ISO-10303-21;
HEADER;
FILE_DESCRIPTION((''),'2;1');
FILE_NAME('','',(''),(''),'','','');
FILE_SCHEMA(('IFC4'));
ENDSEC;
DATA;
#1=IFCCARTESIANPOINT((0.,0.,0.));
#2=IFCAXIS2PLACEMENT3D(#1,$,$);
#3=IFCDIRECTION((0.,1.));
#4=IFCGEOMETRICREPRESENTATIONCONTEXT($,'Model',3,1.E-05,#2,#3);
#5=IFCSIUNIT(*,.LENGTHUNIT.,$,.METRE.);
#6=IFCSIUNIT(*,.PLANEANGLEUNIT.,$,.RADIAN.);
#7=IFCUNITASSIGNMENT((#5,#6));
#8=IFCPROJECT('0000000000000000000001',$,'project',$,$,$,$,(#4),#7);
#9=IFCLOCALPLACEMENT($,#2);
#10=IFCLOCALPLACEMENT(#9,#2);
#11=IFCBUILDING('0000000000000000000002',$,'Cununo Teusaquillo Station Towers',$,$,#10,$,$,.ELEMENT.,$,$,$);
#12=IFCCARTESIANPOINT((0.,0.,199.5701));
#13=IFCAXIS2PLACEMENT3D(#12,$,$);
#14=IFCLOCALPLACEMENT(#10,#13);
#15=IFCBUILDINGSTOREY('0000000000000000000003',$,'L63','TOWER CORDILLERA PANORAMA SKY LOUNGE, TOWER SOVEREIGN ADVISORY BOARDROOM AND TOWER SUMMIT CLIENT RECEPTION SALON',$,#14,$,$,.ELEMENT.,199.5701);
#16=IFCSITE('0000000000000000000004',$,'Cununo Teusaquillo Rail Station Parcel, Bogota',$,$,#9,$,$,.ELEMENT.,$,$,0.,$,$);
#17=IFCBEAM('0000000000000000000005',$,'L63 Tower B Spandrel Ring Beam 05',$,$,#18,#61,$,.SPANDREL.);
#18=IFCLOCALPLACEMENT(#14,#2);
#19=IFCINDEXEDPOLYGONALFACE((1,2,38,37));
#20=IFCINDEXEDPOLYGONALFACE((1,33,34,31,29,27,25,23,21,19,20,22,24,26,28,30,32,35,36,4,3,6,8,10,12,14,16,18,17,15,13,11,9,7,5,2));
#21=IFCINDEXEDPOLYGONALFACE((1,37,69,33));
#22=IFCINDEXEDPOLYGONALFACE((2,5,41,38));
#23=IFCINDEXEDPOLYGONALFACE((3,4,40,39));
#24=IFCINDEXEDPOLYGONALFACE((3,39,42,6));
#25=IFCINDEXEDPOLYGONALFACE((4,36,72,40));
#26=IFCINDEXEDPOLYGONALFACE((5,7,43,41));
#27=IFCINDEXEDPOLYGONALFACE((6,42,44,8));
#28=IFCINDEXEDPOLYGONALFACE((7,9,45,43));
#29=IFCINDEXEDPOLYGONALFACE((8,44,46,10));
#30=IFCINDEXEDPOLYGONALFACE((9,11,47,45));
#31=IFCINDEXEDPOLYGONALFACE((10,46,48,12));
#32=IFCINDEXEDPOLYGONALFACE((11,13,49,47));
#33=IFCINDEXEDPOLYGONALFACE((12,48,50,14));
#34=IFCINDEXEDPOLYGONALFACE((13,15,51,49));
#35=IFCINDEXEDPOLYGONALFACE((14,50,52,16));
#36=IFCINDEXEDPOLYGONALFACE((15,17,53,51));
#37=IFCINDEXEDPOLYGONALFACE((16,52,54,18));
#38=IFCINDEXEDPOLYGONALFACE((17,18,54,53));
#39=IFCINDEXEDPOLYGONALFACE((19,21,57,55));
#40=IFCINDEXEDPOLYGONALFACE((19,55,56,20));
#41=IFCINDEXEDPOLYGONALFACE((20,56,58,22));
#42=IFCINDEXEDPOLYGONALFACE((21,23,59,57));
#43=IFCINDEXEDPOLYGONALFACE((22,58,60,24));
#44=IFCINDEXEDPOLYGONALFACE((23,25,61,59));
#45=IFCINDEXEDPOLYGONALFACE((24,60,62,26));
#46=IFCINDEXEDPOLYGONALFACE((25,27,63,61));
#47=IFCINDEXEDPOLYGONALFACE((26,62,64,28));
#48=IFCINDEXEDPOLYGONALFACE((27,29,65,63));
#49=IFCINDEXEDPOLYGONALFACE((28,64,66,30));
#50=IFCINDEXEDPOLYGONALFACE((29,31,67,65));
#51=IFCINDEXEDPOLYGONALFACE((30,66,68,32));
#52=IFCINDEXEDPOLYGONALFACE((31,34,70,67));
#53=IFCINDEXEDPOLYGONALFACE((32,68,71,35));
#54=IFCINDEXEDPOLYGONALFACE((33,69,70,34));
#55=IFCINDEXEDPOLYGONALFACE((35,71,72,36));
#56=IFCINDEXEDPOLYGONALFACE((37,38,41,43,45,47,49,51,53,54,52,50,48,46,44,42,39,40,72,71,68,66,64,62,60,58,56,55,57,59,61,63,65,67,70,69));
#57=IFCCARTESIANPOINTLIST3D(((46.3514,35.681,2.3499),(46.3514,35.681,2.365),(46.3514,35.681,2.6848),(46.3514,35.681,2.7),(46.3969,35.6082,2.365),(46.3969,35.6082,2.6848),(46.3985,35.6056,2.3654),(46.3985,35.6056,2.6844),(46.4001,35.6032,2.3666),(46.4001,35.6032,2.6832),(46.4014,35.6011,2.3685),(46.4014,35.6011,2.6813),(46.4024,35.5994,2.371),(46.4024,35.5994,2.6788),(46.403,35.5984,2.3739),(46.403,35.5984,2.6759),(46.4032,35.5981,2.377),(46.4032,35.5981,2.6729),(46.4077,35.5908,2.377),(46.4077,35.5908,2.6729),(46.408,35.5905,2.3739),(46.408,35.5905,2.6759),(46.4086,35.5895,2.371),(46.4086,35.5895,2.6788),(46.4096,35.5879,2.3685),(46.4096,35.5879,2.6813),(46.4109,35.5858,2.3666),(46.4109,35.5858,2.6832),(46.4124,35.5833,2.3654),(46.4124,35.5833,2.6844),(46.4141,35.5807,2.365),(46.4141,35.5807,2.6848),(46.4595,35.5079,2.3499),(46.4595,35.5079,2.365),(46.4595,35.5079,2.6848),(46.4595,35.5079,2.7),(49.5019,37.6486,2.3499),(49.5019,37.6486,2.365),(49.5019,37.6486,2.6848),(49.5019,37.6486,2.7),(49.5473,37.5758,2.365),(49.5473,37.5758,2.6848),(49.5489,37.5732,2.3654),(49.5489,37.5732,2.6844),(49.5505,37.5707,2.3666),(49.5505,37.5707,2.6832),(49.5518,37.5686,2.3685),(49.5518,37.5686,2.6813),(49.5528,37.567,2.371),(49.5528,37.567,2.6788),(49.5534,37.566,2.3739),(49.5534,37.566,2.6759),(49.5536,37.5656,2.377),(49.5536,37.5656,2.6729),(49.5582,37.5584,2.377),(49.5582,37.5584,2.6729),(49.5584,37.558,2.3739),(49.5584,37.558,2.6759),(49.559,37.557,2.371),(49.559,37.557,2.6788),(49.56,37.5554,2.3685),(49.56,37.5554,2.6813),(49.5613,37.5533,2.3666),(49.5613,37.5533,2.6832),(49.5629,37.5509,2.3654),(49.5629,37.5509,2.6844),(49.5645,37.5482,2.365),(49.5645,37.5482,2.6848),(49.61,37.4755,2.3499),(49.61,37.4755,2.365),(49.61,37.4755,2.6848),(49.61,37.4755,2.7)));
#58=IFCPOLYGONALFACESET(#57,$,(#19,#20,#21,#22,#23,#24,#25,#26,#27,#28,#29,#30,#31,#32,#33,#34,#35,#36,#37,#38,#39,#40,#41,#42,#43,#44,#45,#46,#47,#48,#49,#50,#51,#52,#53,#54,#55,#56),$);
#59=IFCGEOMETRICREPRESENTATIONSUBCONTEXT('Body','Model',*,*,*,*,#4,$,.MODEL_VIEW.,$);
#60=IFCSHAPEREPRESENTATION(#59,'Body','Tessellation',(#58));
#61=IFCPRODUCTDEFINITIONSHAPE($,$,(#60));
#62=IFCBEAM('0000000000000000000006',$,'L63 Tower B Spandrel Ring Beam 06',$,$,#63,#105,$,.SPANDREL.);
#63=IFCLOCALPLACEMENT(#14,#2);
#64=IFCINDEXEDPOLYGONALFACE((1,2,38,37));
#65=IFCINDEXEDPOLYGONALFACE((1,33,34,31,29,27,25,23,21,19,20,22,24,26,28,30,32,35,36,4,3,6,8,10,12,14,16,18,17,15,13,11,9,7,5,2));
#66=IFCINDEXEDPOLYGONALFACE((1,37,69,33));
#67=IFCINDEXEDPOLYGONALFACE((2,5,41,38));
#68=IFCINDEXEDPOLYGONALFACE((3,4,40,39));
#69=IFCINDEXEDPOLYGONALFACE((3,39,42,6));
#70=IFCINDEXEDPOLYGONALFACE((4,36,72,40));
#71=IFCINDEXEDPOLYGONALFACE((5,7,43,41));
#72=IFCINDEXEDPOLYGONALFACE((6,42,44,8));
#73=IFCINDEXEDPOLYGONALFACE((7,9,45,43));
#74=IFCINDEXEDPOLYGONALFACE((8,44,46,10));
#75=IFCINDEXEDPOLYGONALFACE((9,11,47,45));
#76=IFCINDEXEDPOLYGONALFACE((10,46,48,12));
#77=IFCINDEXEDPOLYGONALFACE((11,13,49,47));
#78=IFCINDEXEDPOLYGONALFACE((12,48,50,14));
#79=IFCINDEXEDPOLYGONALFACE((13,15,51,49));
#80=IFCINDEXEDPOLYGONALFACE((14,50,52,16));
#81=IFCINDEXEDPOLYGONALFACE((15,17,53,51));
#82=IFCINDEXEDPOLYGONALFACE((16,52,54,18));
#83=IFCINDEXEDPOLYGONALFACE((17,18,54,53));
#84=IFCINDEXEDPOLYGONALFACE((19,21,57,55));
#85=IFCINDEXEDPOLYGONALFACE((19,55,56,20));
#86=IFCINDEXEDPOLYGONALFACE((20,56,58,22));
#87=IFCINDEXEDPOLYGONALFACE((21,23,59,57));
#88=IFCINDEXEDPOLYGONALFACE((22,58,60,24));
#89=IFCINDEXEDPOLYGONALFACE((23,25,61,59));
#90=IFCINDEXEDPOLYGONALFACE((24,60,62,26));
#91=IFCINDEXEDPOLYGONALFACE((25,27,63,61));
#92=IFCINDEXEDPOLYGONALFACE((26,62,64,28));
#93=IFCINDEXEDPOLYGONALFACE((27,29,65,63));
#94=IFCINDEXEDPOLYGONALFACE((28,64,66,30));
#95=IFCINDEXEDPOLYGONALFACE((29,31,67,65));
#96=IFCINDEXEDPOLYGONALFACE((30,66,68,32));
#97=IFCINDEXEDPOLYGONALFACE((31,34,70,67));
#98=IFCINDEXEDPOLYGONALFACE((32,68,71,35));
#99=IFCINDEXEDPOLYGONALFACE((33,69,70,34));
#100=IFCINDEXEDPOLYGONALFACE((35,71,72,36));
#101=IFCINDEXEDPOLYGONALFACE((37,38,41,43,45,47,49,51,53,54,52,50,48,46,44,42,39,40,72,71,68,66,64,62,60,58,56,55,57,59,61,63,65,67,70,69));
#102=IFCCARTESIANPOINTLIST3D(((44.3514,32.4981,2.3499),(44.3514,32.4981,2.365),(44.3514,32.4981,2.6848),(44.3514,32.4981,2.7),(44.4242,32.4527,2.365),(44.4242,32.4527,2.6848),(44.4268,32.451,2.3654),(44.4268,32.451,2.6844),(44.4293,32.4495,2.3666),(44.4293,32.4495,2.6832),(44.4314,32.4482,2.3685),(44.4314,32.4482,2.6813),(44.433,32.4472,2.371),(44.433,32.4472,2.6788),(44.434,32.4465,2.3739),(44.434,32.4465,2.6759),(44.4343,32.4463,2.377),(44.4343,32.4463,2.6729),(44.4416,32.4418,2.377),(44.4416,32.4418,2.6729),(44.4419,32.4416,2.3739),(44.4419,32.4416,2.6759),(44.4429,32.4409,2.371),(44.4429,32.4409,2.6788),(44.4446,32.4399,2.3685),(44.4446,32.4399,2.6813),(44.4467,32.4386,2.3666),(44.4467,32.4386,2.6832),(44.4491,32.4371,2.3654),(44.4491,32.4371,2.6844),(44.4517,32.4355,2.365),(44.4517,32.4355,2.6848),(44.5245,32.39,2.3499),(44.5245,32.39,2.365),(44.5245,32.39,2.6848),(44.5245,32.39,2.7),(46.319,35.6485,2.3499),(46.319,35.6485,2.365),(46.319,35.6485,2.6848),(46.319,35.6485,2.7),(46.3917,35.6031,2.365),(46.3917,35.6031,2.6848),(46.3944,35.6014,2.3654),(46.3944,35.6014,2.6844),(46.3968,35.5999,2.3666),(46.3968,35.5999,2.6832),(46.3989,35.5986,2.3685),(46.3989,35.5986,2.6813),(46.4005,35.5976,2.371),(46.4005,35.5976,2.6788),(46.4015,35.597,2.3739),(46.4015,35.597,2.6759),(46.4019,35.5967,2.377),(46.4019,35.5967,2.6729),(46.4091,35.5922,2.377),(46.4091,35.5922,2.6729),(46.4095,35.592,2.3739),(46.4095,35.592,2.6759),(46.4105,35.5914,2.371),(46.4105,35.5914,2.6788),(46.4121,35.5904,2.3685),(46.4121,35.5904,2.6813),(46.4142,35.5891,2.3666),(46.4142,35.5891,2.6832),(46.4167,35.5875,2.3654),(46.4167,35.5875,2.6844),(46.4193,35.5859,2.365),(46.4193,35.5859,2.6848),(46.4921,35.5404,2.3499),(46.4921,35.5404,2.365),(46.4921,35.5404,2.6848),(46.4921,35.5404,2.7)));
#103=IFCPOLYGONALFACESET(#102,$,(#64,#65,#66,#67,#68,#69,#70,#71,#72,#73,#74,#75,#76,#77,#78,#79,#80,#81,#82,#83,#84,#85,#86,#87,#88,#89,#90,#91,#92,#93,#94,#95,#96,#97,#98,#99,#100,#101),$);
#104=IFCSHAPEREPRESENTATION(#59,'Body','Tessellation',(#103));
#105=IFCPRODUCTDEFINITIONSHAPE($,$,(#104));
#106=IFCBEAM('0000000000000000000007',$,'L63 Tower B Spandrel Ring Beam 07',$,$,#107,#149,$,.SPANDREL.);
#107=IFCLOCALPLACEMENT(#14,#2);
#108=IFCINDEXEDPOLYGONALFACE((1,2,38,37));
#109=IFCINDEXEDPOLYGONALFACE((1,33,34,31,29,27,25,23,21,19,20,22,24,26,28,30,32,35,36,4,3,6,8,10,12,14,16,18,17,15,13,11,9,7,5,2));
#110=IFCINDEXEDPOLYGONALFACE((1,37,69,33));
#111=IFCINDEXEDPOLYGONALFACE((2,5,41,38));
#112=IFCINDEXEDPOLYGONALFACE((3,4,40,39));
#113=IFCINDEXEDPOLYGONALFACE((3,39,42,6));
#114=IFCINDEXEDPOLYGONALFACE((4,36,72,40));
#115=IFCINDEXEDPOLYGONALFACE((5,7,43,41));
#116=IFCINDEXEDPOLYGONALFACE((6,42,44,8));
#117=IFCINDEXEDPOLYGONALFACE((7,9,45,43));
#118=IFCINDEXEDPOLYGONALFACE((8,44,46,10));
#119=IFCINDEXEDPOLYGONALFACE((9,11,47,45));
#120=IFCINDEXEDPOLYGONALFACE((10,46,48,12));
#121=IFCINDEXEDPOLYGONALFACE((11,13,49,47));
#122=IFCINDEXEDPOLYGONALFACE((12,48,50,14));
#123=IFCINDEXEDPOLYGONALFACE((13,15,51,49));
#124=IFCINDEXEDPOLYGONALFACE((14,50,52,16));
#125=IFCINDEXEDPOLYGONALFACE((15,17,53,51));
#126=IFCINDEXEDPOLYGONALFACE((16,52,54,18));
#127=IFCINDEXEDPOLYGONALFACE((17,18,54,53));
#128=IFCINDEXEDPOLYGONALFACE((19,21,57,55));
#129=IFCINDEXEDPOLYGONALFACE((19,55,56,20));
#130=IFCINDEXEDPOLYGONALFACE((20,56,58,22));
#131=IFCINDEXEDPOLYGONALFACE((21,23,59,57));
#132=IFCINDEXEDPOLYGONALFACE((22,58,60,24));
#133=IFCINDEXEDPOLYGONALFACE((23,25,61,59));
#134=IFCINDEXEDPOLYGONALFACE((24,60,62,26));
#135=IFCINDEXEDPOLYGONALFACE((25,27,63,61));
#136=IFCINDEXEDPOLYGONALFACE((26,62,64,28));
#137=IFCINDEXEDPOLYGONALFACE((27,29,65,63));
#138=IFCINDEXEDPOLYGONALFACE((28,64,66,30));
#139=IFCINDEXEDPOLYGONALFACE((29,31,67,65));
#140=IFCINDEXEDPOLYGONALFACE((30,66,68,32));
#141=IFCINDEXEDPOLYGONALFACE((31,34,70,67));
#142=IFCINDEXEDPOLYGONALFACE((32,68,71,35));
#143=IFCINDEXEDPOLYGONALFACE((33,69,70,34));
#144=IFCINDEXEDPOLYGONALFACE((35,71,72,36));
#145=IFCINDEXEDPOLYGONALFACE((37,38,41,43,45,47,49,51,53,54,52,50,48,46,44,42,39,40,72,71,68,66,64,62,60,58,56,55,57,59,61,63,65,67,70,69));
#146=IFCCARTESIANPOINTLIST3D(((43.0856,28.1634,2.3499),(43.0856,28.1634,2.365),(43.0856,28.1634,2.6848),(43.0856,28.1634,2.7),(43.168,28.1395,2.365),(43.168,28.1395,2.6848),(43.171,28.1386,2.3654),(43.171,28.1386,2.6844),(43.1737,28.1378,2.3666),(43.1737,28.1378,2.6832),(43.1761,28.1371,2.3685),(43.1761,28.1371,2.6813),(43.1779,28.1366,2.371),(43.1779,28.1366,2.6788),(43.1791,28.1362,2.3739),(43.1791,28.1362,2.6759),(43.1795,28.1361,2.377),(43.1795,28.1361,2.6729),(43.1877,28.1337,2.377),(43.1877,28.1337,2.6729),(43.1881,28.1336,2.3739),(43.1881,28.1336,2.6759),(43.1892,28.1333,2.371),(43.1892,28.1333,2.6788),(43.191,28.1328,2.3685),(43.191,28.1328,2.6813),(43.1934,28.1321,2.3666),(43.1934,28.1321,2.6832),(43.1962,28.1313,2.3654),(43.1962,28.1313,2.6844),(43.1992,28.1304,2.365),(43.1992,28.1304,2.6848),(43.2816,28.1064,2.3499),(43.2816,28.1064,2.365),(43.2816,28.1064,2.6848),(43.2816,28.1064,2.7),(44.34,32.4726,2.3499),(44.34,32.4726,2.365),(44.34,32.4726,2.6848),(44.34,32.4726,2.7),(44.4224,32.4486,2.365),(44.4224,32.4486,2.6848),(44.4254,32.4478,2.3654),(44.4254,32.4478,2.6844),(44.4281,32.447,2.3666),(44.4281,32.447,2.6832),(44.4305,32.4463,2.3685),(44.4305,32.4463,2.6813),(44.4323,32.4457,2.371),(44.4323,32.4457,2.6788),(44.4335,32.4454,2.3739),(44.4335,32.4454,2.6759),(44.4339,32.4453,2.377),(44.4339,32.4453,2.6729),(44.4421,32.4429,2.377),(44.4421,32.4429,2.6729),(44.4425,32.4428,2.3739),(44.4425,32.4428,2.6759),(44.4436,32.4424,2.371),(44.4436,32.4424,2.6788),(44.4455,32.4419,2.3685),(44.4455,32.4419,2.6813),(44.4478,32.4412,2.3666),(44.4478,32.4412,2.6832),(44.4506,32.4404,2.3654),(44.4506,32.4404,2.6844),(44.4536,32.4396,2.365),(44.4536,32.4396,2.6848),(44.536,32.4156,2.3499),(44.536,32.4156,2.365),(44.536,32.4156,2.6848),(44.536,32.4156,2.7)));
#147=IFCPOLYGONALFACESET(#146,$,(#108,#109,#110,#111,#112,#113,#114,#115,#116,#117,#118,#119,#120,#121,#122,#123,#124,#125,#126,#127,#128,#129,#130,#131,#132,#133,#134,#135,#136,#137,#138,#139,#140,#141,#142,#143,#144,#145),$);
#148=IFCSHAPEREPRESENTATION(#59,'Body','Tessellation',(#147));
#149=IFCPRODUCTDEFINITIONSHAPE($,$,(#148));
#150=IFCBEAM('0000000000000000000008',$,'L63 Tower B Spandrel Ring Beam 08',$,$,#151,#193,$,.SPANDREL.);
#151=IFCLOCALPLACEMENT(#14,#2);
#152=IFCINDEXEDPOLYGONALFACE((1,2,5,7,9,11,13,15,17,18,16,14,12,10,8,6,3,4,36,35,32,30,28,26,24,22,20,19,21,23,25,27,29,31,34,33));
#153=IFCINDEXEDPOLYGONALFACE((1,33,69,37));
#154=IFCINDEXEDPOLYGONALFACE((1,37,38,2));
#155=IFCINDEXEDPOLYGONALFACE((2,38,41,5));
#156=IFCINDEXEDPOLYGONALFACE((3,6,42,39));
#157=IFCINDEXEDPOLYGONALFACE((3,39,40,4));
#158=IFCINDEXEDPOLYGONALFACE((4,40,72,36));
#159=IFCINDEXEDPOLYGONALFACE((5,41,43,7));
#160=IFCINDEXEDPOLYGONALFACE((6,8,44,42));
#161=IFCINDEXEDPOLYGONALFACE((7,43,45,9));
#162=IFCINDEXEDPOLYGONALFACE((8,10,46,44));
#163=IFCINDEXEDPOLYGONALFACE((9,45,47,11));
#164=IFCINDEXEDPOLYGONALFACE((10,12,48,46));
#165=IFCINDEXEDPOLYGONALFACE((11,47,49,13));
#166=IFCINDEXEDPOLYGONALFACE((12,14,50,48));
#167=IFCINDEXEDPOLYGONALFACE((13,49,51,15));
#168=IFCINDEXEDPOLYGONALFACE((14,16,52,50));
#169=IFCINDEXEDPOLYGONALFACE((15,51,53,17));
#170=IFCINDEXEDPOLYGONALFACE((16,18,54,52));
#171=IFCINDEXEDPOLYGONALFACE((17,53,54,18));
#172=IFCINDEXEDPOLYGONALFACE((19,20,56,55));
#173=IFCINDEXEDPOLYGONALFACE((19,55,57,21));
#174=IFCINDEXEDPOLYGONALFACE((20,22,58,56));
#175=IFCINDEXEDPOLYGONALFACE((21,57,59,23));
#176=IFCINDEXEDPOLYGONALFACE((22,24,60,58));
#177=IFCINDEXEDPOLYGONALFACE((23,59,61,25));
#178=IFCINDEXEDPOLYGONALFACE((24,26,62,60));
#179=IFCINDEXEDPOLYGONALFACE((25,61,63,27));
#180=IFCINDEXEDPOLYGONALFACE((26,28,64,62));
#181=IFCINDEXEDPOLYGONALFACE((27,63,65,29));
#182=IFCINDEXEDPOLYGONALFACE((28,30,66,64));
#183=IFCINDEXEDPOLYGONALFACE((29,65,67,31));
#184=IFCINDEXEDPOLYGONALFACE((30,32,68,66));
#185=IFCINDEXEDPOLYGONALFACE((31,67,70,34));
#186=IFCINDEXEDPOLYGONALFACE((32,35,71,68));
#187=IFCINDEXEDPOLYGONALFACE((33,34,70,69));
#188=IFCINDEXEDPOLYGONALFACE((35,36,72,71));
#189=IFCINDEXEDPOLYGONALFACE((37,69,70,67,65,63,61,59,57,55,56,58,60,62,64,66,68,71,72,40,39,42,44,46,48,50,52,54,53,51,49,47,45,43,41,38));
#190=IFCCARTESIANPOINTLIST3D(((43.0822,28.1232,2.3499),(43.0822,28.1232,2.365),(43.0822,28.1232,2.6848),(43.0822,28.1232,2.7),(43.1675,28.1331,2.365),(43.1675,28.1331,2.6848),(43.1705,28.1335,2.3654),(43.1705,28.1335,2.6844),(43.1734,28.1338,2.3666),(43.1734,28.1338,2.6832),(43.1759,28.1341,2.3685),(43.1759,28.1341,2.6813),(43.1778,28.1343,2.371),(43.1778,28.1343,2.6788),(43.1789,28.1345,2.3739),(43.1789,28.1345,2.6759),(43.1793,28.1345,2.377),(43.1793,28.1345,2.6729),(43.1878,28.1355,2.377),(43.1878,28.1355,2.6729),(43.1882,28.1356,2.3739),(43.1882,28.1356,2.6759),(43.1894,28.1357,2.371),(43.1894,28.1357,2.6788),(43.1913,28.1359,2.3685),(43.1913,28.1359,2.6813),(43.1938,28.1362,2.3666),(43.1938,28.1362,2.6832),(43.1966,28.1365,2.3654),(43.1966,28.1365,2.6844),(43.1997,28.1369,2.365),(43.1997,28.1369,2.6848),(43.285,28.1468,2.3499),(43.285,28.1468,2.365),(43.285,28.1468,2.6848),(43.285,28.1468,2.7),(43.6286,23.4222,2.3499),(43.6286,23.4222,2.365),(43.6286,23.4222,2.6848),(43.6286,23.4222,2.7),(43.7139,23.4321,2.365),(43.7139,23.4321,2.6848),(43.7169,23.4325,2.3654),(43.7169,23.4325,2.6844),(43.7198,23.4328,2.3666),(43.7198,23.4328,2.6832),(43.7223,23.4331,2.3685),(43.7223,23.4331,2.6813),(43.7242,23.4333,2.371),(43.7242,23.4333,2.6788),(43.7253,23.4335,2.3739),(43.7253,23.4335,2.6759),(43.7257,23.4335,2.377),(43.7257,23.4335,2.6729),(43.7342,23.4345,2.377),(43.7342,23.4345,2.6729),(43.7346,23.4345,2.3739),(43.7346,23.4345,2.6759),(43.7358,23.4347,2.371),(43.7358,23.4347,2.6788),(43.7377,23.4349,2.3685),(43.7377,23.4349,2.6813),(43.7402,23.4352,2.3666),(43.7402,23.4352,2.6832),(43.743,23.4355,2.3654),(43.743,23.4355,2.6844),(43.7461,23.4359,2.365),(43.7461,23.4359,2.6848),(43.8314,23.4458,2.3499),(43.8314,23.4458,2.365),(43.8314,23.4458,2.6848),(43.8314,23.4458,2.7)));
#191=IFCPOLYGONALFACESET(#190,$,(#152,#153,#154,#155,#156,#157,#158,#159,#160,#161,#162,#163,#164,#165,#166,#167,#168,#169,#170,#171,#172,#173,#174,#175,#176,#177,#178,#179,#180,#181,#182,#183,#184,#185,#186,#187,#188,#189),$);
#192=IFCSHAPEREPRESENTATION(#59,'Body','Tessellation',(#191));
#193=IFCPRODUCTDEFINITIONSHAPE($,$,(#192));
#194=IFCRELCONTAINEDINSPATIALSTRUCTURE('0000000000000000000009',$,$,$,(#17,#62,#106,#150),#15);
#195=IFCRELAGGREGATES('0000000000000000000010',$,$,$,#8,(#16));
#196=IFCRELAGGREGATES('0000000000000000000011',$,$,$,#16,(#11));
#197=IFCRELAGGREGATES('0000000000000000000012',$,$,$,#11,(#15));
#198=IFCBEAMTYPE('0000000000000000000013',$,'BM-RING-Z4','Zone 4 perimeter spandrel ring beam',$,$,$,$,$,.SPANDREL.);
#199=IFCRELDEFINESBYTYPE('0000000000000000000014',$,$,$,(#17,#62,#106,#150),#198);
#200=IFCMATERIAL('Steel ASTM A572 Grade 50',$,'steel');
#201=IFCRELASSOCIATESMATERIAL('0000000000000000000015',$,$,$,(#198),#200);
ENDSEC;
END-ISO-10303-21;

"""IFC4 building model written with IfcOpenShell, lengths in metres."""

from ifc_helpers import new_model, si_unit, direction, frame, origin, origin_2d, place, context, subcontext, project, spatial, i_section, extrude, material, material_profile, profile_set, type_object, element, save


model = new_model("IFC4")

# Units and contexts
model_context = context("Model", 3, precision=1e-05, world=origin(), true_north=direction((0.0, 1.0)))
body_context = subcontext(model_context, "Body", "Model", "MODEL_VIEW")
ifc_project = project(units=[si_unit("LENGTHUNIT", "METRE"), si_unit("PLANEANGLEUNIT", "RADIAN")], contexts=[model_context])

# Site, building, storey
site_placement = place(None, origin())
site = spatial("IfcSite", under=ifc_project, at=site_placement, Name="Cununo Teusaquillo Rail Station Parcel, Bogota", CompositionType="ELEMENT", RefElevation=0.0)
building_placement = place(site_placement, origin())
building = spatial("IfcBuilding", under=site, at=building_placement, Name="Cununo Teusaquillo Station Towers", CompositionType="ELEMENT")
storey_placement = place(building_placement, frame((0.0, 0.0, 199.5701)))
storey = spatial("IfcBuildingStorey", under=building, at=storey_placement, Name="L63", Description="TOWER CORDILLERA PANORAMA SKY LOUNGE, TOWER SOVEREIGN ADVISORY BOARDROOM AND TOWER SUMMIT CLIENT RECEPTION SALON", CompositionType="ELEMENT", Elevation=199.5701)

# Beams
ifc_material_1 = material(Name="Steel ASTM A572 Grade 50", Category="steel")
ifc_material_profile_1 = material_profile(ifc_material_1, i_section(OverallWidth=0.2041, OverallDepth=0.3501, WebThickness=0.0085, FlangeThickness=0.0151, FilletRadius=0.012, at=origin_2d()), Name="W14X48")
ifc_profile_set_1 = profile_set([ifc_material_profile_1], Name="Steel ASTM A572 Grade 50")
beam_type_1 = type_object("IfcBeamType", Name="BM-RING-Z4", Description="Zone 4 perimeter spandrel ring beam", PredefinedType="SPANDREL", material=ifc_profile_set_1)
for number, where, z_axis, x_axis, name in (
    (1, (49.5559, 37.562, 2.5249), (-0.848176, -0.529715, 0.0), (0.529715, -0.848176, 0.0), "L63 Tower B Spandrel Ring Beam 05"),
    (2, (46.4055, 35.5945, 2.5249), (-0.529715, -0.848176, 0.0), (0.848176, -0.529715, 0.0), "L63 Tower B Spandrel Ring Beam 06"),
):
    element("IfcBeam", number, at=place(storey_placement, frame(where, z_axis=z_axis, x_axis=x_axis)), inside=storey, type_object=beam_type_1, Name=name, PredefinedType="SPANDREL", context=body_context, shape_type="SweptSolid", body=[
        extrude(i_section(OverallWidth=0.2041, OverallDepth=0.3501, WebThickness=0.0085, FlangeThickness=0.0151, FilletRadius=0.012, at=origin_2d()), origin(), (0.0, 0.0, 1.0), 3.7144),
    ])
beam_1_placement = place(storey_placement, frame((44.438, 32.4441, 2.5249), z_axis=(-0.279503, -0.960145, 0.0), x_axis=(0.960145, -0.279503, 0.0)))
element("IfcBeam", 3, at=beam_1_placement, inside=storey, type_object=beam_type_1, Name="L63 Tower B Spandrel Ring Beam 07", PredefinedType="SPANDREL", context=body_context, shape_type="SweptSolid", body=[
    extrude(i_section(OverallWidth=0.2041, OverallDepth=0.3501, WebThickness=0.0085, FlangeThickness=0.0151, FilletRadius=0.012, at=origin_2d()), origin(), (0.0, 0.0, 1.0), 4.488),
])
beam_2_placement = place(storey_placement, frame((43.1836, 28.135, 2.5249), z_axis=(0.115452, -0.993313, 0.0), x_axis=(0.993313, 0.115452, 0.0)))
element("IfcBeam", 4, at=beam_2_placement, inside=storey, type_object=beam_type_1, Name="L63 Tower B Spandrel Ring Beam 08", PredefinedType="SPANDREL", context=body_context, shape_type="SweptSolid", body=[
    extrude(i_section(OverallWidth=0.2041, OverallDepth=0.3501, WebThickness=0.0085, FlangeThickness=0.0151, FilletRadius=0.012, at=origin_2d()), origin(), (0.0, 0.0, 1.0), 4.7327),
])

save(model, "model.ifc")
